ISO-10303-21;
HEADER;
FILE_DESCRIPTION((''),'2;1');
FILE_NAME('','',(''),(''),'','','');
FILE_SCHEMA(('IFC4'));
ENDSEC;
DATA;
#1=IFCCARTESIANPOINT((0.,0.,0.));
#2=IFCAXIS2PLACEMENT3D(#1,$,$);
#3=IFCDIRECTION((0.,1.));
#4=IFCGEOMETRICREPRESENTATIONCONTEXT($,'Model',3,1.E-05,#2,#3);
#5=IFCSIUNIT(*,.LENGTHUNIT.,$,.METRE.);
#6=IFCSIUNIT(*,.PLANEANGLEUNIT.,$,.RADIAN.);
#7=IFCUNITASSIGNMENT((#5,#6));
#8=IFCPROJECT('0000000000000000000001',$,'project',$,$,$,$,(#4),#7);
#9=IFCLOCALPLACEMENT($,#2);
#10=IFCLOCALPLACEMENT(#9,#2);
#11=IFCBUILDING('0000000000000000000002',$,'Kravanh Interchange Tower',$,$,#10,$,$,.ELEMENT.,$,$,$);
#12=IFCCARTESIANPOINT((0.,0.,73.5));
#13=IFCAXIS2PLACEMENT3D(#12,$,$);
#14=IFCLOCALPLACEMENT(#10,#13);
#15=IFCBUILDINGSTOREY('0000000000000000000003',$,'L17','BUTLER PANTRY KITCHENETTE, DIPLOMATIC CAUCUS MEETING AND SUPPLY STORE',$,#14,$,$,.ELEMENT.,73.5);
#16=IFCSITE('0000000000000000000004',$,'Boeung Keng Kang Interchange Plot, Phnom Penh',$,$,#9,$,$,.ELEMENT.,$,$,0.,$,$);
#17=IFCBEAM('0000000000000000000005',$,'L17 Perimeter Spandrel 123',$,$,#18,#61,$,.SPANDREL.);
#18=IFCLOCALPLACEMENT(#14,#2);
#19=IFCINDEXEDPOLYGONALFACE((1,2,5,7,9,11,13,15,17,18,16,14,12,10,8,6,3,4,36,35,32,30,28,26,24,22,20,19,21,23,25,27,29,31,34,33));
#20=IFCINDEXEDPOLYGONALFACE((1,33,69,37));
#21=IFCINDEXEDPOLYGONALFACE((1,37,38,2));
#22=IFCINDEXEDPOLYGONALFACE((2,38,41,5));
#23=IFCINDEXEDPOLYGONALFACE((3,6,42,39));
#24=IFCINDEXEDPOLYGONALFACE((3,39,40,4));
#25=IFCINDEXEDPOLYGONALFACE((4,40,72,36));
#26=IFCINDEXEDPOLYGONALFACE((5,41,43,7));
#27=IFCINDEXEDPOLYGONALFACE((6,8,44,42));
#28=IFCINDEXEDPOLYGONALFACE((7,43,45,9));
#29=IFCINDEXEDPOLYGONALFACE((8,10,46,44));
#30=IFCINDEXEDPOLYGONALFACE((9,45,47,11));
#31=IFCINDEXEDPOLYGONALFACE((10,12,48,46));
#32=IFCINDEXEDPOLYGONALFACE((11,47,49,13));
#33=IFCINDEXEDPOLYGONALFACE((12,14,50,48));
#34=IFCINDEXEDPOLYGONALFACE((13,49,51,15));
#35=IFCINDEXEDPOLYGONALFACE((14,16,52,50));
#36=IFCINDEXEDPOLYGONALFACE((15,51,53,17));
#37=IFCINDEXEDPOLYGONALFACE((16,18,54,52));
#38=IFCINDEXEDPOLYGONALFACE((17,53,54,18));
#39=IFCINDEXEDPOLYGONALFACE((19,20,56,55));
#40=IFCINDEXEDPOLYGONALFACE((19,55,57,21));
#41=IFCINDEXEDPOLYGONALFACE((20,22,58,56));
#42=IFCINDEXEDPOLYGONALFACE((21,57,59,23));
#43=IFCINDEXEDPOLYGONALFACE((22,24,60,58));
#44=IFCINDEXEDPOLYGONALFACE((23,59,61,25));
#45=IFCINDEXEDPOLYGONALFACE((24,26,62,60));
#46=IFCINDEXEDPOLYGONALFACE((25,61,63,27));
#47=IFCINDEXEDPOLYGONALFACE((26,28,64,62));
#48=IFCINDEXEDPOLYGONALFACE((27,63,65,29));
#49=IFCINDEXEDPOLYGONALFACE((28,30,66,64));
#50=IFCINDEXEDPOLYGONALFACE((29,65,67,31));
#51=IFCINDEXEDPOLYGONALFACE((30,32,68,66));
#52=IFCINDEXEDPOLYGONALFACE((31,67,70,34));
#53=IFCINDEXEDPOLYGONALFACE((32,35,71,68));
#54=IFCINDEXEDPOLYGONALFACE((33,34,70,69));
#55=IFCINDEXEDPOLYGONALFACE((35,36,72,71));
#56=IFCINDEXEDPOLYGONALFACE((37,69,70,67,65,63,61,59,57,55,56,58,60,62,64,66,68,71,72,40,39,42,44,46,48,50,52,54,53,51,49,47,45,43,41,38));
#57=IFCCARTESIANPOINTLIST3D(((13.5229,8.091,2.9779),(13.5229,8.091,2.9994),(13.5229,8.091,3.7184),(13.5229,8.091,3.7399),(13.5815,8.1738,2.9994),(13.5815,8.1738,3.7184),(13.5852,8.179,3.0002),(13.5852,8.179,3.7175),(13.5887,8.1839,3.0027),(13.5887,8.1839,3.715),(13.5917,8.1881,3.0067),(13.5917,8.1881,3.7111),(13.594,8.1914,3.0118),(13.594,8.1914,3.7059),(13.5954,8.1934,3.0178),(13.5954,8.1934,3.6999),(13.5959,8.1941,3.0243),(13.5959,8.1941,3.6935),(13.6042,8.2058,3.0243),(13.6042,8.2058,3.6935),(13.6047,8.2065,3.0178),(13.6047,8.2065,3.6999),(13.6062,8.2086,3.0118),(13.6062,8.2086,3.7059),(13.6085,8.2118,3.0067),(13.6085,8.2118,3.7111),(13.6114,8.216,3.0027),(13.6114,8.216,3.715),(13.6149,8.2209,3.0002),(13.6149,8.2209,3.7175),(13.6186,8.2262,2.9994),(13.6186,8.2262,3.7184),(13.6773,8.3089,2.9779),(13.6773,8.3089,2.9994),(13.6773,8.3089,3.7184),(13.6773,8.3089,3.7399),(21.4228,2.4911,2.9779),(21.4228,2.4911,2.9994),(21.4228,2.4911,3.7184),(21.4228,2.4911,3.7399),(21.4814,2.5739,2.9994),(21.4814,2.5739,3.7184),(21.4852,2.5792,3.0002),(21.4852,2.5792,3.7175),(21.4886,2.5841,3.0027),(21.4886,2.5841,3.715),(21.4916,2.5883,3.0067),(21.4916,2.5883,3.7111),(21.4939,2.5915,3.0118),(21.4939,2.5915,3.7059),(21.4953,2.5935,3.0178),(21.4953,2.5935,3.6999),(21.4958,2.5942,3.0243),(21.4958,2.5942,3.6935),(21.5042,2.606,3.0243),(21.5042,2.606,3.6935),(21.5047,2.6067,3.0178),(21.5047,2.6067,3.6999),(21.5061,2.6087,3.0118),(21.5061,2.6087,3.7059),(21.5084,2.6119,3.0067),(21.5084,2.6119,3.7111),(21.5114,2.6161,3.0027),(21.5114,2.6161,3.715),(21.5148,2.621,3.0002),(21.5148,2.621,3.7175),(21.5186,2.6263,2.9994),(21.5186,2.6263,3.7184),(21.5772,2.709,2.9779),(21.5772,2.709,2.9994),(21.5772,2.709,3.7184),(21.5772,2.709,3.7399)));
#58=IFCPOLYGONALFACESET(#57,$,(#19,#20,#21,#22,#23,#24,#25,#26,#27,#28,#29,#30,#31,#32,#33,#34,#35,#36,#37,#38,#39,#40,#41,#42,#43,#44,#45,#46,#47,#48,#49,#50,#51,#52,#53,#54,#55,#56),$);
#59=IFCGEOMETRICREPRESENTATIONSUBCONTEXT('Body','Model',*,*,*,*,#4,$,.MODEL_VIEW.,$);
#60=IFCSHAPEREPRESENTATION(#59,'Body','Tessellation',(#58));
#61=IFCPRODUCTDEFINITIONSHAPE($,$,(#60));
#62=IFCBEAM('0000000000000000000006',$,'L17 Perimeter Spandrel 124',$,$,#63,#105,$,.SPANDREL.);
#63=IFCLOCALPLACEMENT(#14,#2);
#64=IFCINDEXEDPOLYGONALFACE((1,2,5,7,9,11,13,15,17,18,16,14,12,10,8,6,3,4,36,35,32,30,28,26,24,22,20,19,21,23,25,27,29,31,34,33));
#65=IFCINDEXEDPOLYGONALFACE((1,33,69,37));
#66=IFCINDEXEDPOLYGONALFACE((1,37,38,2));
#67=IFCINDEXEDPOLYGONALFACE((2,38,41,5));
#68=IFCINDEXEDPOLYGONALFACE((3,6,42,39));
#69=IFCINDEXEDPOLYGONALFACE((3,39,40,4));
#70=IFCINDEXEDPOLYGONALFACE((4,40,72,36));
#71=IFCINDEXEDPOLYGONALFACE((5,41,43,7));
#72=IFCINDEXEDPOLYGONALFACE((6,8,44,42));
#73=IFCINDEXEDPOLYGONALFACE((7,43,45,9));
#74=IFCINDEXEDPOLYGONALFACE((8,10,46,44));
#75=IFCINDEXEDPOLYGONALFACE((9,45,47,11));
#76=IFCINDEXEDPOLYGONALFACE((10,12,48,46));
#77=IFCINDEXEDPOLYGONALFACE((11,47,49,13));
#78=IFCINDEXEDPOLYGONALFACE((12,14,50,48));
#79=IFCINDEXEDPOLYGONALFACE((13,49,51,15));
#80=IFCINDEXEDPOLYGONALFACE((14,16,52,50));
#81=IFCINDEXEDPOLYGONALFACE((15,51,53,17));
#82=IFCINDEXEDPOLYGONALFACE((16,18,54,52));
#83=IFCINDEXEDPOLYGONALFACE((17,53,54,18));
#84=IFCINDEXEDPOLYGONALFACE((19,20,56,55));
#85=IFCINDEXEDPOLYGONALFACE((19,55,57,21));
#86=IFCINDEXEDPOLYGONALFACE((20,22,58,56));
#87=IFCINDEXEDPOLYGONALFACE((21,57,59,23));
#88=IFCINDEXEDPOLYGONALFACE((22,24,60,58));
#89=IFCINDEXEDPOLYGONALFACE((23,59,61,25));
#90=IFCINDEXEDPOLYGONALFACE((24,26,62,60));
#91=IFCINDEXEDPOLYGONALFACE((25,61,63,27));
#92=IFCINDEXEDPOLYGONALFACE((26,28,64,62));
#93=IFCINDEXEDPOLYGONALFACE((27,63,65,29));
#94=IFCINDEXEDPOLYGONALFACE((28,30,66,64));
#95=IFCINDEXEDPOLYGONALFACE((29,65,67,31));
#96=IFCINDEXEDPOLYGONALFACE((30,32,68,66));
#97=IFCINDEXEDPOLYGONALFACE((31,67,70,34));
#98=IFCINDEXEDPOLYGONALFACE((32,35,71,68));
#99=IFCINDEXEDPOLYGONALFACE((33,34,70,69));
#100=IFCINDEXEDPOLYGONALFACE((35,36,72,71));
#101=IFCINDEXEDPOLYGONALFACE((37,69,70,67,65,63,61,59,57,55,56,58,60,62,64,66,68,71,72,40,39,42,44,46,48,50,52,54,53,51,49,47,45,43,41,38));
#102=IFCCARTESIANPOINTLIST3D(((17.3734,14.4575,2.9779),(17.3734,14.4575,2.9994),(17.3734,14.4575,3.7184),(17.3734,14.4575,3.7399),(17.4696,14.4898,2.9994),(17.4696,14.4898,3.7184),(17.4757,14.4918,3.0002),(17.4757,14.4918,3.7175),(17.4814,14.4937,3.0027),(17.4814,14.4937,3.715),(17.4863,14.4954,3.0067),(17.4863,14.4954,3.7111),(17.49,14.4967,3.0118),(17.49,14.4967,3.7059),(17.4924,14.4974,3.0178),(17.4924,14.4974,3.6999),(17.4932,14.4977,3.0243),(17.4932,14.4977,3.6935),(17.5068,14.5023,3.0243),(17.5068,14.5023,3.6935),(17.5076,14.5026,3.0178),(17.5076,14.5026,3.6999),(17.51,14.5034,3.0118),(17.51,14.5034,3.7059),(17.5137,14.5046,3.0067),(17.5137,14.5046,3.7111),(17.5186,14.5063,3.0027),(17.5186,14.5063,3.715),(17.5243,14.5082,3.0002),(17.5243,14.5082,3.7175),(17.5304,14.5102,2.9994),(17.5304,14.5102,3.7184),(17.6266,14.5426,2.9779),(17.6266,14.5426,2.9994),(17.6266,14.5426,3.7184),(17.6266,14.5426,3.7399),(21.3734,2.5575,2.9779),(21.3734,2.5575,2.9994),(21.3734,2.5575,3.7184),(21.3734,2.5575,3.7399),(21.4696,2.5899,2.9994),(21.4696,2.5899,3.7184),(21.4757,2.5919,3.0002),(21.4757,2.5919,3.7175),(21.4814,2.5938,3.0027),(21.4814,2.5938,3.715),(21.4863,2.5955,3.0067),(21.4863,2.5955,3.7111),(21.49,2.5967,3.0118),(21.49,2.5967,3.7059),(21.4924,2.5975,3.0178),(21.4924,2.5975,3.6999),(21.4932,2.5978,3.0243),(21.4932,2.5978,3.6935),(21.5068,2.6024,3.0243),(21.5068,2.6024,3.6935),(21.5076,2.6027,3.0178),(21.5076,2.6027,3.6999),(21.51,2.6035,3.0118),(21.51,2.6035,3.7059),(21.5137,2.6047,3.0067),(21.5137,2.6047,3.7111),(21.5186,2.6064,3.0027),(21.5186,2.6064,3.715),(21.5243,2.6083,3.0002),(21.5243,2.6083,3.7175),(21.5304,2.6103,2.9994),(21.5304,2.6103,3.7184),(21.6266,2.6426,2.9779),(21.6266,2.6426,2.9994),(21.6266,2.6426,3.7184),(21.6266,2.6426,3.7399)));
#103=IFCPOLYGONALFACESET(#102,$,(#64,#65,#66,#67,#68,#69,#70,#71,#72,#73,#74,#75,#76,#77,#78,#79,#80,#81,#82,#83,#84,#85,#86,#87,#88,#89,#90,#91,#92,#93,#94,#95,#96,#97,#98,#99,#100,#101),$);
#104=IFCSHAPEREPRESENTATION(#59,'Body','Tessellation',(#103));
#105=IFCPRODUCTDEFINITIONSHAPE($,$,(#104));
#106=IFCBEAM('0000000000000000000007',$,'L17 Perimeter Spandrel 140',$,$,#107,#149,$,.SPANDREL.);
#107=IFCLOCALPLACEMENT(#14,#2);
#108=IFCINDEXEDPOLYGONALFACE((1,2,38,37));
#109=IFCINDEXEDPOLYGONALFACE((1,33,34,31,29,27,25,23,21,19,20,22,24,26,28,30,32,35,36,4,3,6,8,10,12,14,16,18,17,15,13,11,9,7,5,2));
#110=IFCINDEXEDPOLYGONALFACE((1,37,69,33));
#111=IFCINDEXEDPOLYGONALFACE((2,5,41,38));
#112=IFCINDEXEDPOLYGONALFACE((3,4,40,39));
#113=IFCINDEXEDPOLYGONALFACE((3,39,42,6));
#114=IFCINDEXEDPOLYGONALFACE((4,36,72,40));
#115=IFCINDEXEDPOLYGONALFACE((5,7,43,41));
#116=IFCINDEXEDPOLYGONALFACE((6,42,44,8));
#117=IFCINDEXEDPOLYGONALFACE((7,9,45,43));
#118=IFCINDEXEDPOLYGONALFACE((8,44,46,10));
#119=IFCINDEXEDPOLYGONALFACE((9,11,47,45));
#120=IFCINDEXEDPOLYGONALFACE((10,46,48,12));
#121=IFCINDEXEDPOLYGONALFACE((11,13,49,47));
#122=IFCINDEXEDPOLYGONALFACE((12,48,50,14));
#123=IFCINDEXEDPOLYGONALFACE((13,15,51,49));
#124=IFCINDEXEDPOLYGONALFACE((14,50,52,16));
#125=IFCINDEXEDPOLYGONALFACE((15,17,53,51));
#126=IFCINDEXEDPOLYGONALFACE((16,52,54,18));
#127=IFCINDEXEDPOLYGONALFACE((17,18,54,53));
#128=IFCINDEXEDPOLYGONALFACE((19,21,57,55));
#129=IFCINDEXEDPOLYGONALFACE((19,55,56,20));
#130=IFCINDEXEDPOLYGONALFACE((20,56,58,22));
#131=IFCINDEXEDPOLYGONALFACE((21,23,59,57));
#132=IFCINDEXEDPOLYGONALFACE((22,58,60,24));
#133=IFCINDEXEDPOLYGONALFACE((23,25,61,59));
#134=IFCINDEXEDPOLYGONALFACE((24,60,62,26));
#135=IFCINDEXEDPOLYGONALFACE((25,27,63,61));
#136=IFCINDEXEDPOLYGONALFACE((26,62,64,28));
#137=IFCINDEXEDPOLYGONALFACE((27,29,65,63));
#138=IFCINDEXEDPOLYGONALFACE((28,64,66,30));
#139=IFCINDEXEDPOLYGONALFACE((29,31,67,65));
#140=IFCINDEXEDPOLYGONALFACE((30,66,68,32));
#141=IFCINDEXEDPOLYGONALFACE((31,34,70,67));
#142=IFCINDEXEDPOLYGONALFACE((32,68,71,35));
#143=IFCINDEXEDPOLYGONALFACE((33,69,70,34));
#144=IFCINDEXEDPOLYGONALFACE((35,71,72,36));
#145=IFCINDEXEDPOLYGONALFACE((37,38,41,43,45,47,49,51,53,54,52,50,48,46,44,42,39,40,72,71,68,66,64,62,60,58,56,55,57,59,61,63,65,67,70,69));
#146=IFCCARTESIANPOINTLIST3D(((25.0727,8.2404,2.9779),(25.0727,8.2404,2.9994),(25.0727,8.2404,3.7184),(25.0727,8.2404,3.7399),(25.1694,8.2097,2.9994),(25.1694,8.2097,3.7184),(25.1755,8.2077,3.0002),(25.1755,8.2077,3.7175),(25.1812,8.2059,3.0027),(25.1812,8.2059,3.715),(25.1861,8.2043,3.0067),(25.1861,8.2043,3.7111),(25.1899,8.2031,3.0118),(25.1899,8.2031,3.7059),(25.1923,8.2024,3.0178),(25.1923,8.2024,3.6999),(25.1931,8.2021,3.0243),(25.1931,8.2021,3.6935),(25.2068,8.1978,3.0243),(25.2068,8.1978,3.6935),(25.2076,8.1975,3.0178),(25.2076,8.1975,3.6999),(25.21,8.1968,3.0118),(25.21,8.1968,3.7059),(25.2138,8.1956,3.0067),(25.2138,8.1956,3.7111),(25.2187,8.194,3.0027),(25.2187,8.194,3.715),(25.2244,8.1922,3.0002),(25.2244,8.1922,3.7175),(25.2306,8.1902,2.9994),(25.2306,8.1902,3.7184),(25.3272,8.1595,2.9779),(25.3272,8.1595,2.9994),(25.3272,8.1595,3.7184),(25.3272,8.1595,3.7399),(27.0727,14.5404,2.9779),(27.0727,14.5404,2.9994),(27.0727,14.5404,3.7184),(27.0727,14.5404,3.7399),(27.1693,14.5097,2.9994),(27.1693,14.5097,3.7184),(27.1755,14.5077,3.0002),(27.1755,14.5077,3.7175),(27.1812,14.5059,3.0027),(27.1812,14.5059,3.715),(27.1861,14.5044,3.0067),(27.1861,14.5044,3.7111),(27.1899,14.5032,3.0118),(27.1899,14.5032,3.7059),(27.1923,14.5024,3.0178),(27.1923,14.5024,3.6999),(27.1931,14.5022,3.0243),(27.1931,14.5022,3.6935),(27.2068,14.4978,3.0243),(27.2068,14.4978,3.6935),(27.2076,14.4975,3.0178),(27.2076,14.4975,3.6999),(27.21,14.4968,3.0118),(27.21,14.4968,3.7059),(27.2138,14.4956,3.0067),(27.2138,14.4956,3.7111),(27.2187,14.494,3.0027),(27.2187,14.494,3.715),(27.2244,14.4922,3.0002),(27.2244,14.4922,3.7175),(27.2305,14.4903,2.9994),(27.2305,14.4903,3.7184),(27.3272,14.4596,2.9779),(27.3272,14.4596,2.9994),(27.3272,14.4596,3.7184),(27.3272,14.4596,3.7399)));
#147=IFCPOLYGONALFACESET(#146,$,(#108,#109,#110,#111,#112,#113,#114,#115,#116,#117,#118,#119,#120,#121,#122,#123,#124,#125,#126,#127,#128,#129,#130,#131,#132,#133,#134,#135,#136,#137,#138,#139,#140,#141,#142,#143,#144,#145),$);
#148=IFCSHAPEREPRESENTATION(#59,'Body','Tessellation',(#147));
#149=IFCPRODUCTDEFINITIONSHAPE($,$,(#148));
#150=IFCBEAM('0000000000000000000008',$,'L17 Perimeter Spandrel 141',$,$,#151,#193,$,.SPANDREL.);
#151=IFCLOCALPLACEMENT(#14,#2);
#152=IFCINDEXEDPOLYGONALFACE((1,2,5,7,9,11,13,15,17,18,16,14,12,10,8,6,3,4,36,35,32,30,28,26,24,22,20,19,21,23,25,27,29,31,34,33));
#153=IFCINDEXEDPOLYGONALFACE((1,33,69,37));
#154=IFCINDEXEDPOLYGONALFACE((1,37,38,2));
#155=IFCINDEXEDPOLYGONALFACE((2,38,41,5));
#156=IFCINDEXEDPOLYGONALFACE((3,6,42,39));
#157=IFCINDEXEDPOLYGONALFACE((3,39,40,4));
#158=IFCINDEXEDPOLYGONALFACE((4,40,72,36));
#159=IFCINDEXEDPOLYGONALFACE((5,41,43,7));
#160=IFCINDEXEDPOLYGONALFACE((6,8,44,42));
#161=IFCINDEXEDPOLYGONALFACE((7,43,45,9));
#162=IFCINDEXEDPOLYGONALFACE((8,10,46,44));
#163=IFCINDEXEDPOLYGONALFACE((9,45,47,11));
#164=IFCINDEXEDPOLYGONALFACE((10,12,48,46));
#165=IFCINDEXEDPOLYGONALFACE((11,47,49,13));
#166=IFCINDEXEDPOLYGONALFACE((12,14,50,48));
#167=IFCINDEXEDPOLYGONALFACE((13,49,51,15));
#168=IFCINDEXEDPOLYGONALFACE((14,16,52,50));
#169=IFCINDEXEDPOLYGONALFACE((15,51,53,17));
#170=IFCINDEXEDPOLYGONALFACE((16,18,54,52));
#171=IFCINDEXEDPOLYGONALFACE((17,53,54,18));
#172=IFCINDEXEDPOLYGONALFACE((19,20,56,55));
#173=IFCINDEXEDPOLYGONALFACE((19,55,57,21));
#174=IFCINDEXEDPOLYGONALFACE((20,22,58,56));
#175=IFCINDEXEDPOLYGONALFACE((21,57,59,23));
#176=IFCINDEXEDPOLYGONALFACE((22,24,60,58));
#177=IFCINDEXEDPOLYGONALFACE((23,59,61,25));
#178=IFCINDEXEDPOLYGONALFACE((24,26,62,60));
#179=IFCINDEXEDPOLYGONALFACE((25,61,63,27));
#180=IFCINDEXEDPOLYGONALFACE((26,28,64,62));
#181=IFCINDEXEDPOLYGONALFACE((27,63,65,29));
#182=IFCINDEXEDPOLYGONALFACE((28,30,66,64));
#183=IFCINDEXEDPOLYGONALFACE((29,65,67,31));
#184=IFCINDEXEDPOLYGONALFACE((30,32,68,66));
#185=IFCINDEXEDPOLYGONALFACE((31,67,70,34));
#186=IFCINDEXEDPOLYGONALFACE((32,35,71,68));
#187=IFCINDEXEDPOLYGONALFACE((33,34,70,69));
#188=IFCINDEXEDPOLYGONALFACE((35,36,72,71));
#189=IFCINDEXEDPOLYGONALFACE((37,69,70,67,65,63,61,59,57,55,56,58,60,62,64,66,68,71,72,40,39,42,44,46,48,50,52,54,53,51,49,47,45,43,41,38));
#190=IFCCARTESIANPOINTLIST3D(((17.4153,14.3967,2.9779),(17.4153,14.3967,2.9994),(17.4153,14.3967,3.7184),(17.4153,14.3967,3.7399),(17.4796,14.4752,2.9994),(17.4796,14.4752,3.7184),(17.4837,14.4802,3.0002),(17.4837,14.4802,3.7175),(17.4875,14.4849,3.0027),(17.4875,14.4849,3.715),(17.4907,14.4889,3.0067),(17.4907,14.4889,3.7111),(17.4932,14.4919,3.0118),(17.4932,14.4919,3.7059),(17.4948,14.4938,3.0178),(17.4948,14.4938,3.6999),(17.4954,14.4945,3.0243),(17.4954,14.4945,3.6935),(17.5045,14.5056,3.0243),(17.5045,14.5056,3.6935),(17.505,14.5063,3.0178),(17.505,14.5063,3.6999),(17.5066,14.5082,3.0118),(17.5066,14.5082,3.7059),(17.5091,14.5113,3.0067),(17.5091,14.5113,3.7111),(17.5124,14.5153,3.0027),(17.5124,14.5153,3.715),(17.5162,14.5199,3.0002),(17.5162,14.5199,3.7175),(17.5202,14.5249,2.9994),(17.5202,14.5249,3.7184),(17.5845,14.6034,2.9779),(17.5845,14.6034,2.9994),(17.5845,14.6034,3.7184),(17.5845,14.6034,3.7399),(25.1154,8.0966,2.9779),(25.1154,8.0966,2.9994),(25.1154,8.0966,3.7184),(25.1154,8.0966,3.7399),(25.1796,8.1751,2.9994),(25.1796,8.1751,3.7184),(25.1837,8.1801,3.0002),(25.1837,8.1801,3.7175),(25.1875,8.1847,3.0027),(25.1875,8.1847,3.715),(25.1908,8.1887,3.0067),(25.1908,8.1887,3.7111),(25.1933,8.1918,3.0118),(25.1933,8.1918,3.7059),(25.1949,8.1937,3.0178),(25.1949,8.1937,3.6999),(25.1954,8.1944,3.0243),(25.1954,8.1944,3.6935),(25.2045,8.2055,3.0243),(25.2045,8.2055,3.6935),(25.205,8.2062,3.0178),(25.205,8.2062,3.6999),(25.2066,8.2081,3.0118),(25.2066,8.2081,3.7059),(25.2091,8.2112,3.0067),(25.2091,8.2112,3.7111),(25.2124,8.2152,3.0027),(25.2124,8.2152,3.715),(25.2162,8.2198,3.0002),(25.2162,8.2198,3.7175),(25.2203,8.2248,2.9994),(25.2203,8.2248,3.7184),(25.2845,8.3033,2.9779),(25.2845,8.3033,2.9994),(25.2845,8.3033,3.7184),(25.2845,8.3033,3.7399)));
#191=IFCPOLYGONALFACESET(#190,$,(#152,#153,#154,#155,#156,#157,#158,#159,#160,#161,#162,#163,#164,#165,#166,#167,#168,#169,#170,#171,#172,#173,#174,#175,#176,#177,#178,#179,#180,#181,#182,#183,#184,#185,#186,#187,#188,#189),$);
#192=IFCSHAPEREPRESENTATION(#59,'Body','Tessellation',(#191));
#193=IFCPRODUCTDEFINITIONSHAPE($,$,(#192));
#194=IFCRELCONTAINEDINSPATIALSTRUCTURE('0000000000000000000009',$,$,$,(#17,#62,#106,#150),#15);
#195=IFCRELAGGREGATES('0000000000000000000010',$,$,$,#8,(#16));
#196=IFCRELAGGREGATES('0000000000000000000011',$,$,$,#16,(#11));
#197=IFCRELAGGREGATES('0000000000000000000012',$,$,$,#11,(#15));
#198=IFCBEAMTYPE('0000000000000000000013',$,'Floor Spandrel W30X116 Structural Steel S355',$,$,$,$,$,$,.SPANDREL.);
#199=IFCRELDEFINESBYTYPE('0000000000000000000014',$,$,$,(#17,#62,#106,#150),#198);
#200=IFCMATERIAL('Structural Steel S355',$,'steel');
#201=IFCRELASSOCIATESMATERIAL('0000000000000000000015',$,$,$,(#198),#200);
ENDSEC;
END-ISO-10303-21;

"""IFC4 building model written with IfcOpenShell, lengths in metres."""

from ifc_helpers import new_model, si_unit, direction, frame, origin, origin_2d, place, context, subcontext, project, spatial, i_section, extrude, material, material_profile, profile_set, type_object, element, save


model = new_model("IFC4")

# Units and contexts
model_context = context("Model", 3, precision=1e-05, world=origin(), true_north=direction((0.0, 1.0)))
body_context = subcontext(model_context, "Body", "Model", "MODEL_VIEW")
ifc_project = project(units=[si_unit("LENGTHUNIT", "METRE"), si_unit("PLANEANGLEUNIT", "RADIAN")], contexts=[model_context])

# Site, building, storey
site_placement = place(None, origin())
site = spatial("IfcSite", under=ifc_project, at=site_placement, Name="Boeung Keng Kang Interchange Plot, Phnom Penh", CompositionType="ELEMENT", RefElevation=0.0)
building_placement = place(site_placement, origin())
building = spatial("IfcBuilding", under=site, at=building_placement, Name="Kravanh Interchange Tower", CompositionType="ELEMENT")
storey_placement = place(building_placement, frame((0.0, 0.0, 73.5)))
storey = spatial("IfcBuildingStorey", under=building, at=storey_placement, Name="L17", Description="BUTLER PANTRY KITCHENETTE, DIPLOMATIC CAUCUS MEETING AND SUPPLY STORE", CompositionType="ELEMENT", Elevation=73.5)

# Beams
ifc_material_1 = material(Name="Structural Steel S355", Category="steel")
ifc_material_profile_1 = material_profile(ifc_material_1, i_section(OverallWidth=0.2671, OverallDepth=0.762, WebThickness=0.0144, FlangeThickness=0.0215, FilletRadius=0.0249, at=origin_2d()), Name="W30X116")
ifc_profile_set_1 = profile_set([ifc_material_profile_1], Name="Structural Steel S355")
beam_type_1 = type_object("IfcBeamType", Name="Floor Spandrel W30X116 Structural Steel S355", PredefinedType="SPANDREL", material=ifc_profile_set_1)
beam_1_placement = place(storey_placement, frame((21.5, 2.6001, 3.3589), z_axis=(-0.815825, 0.578299, 0.0), x_axis=(-0.578299, -0.815825, 0.0)))
element("IfcBeam", 1, at=beam_1_placement, inside=storey, type_object=beam_type_1, Name="L17 Perimeter Spandrel 123", PredefinedType="SPANDREL", context=body_context, shape_type="SweptSolid", body=[
    extrude(i_section(OverallWidth=0.2671, OverallDepth=0.762, WebThickness=0.0144, FlangeThickness=0.0215, FilletRadius=0.0249, at=origin_2d()), origin(), (0.0, 0.0, 1.0), 9.6833),
])
beam_2_placement = place(storey_placement, frame((21.5, 2.6001, 3.3589), z_axis=(-0.318619, 0.947883, 0.0), x_axis=(-0.947883, -0.318619, 0.0)))
element("IfcBeam", 2, at=beam_2_placement, inside=storey, type_object=beam_type_1, Name="L17 Perimeter Spandrel 124", PredefinedType="SPANDREL", context=body_context, shape_type="SweptSolid", body=[
    extrude(i_section(OverallWidth=0.2671, OverallDepth=0.762, WebThickness=0.0144, FlangeThickness=0.0215, FilletRadius=0.0249, at=origin_2d()), origin(), (0.0, 0.0, 1.0), 12.5542),
])
beam_3_placement = place(storey_placement, frame((25.2, 8.2, 3.3589), z_axis=(0.302577, 0.953125, 0.0), x_axis=(-0.953125, 0.302577, 0.0)))
element("IfcBeam", 3, at=beam_3_placement, inside=storey, type_object=beam_type_1, Name="L17 Perimeter Spandrel 140", PredefinedType="SPANDREL", context=body_context, shape_type="SweptSolid", body=[
    extrude(i_section(OverallWidth=0.2671, OverallDepth=0.762, WebThickness=0.0144, FlangeThickness=0.0215, FilletRadius=0.0249, at=origin_2d()), origin(), (0.0, 0.0, 1.0), 6.6099),
])
beam_4_placement = place(storey_placement, frame((25.2, 8.2, 3.3589), z_axis=(-0.773953, 0.633243, 0.0), x_axis=(-0.633243, -0.773953, 0.0)))
element("IfcBeam", 4, at=beam_4_placement, inside=storey, type_object=beam_type_1, Name="L17 Perimeter Spandrel 141", PredefinedType="SPANDREL", context=body_context, shape_type="SweptSolid", body=[
    extrude(i_section(OverallWidth=0.2671, OverallDepth=0.762, WebThickness=0.0144, FlangeThickness=0.0215, FilletRadius=0.0249, at=origin_2d()), origin(), (0.0, 0.0, 1.0), 9.949),
])

save(model, "model.ifc")
